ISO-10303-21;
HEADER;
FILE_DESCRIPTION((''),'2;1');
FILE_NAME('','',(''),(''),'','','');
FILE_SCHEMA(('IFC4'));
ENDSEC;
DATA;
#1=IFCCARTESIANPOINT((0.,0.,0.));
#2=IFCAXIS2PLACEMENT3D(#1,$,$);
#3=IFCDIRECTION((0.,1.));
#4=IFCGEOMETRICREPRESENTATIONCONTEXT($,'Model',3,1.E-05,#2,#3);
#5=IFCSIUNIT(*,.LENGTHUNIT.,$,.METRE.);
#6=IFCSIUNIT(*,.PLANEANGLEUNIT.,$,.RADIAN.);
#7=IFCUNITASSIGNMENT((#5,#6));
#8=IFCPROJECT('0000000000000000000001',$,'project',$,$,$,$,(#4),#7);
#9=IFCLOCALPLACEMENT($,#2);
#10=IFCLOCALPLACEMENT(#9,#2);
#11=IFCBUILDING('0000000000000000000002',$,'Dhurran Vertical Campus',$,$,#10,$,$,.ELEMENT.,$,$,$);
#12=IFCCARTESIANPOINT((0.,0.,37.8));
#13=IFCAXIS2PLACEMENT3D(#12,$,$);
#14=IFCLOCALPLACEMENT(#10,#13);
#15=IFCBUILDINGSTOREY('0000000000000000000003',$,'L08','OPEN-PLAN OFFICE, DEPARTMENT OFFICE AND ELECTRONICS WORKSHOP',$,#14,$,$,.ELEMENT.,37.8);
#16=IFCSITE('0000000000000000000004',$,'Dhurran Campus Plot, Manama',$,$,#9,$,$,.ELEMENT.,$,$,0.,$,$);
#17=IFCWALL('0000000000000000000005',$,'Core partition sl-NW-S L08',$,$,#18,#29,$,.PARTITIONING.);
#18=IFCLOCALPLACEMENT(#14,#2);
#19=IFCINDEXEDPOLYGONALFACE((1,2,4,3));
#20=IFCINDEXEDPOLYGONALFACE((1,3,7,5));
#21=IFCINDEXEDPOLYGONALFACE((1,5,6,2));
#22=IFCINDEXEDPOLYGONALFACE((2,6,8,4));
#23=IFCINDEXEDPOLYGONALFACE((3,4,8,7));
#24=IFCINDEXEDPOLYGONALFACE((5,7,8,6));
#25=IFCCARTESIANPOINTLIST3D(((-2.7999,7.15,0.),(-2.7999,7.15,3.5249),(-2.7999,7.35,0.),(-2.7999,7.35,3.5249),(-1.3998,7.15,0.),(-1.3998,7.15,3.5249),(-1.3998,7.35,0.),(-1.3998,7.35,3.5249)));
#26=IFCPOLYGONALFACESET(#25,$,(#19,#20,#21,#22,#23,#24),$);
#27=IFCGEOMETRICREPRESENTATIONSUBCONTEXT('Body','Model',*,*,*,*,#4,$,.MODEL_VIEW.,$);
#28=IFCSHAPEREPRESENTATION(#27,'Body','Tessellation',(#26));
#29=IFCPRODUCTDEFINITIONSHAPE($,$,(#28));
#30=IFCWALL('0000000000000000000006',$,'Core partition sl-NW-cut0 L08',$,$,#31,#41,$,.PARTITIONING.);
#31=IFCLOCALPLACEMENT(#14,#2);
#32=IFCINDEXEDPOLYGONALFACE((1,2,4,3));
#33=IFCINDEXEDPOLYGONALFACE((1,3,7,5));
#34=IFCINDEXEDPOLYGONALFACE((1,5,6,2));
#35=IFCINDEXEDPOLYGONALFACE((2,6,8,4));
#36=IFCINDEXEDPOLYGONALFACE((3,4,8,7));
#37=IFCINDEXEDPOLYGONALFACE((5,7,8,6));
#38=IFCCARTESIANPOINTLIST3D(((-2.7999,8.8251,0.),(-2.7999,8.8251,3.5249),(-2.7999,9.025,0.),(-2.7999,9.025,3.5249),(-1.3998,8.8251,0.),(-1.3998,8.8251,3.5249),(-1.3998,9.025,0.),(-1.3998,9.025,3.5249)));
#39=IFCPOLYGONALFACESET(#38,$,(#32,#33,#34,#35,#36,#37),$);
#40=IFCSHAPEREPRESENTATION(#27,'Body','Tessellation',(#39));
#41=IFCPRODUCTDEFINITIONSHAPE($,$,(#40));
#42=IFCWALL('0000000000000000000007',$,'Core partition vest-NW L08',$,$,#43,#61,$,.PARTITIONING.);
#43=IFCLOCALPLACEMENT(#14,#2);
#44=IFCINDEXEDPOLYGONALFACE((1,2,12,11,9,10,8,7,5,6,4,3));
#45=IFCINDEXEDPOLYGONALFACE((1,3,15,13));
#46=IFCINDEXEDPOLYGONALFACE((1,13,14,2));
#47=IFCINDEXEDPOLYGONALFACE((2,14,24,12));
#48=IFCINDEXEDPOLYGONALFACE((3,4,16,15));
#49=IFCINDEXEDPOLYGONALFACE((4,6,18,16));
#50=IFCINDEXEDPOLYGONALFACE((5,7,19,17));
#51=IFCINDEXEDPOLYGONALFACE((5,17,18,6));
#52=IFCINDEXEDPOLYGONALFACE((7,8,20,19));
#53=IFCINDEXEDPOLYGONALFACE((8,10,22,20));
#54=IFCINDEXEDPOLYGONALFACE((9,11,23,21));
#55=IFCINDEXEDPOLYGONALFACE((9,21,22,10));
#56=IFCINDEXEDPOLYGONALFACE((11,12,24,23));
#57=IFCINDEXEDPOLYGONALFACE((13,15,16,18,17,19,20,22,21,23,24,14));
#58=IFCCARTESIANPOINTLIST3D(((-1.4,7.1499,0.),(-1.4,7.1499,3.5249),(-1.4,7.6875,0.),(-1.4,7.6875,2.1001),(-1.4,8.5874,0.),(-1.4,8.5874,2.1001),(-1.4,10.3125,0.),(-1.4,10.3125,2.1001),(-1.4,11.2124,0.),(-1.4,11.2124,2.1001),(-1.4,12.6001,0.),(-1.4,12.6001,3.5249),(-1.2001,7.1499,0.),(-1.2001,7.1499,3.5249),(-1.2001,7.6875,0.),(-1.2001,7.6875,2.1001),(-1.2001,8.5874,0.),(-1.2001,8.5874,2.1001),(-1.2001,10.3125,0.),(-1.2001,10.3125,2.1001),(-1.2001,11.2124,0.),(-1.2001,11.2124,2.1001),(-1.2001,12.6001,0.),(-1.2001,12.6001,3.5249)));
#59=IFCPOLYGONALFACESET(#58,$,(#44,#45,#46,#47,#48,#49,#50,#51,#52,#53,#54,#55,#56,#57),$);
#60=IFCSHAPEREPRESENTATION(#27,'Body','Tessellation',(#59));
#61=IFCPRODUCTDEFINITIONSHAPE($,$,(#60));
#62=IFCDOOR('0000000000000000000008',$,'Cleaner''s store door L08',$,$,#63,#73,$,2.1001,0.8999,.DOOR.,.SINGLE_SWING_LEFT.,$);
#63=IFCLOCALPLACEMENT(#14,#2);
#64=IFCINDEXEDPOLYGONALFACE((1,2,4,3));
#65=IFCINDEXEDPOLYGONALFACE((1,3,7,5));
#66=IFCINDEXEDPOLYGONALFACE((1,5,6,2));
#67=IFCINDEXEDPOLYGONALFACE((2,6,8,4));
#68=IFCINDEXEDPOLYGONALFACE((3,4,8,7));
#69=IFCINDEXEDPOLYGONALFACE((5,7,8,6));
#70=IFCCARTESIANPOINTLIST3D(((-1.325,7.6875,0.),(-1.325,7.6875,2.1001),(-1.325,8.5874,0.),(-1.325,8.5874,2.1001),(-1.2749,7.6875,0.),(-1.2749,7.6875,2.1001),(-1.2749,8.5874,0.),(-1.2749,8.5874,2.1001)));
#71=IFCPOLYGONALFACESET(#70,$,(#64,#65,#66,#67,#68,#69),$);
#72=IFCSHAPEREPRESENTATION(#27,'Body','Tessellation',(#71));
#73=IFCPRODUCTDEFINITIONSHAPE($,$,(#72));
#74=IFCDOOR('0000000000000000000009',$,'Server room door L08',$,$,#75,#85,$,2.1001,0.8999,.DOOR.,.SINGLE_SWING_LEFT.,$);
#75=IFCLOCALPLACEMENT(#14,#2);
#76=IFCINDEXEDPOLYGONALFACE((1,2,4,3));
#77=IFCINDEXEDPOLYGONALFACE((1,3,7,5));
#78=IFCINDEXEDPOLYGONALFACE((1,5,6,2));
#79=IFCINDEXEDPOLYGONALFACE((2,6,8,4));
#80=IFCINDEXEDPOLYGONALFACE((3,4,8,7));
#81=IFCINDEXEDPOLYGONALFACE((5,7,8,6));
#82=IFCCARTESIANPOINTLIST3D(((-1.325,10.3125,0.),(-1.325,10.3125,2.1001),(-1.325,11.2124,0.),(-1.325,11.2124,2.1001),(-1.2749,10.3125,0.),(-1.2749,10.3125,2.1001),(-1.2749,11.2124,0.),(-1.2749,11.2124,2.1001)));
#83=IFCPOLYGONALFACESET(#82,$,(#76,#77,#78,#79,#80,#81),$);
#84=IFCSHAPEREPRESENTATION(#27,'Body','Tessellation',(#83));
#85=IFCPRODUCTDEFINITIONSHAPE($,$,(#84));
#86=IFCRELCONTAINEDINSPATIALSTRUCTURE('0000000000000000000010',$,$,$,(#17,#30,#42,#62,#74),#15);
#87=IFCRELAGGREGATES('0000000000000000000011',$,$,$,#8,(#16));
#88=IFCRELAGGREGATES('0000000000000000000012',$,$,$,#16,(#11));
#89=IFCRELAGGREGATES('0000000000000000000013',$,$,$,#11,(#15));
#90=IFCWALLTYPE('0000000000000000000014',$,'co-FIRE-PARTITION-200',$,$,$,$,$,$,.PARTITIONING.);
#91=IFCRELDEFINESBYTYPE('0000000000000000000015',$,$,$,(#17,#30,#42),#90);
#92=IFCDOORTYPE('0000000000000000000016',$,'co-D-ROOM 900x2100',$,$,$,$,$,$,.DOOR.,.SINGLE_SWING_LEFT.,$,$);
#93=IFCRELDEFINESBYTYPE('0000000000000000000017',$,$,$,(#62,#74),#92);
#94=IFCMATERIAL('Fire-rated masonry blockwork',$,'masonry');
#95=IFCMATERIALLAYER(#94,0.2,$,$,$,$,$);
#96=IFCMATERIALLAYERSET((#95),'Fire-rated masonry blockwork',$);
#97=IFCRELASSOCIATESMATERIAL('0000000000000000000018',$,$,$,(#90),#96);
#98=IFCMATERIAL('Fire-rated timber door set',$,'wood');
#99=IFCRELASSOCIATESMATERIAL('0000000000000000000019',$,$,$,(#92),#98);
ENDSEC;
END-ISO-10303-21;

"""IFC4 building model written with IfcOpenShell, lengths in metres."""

from ifc_helpers import new_model, si_unit, direction, frame, frame_2d, origin, place, context, subcontext, project, spatial, rectangle, extrude, material, layer, layer_set, type_object, element, fill, save


model = new_model("IFC4")

# Units and contexts
model_context = context("Model", 3, precision=1e-05, world=origin(), true_north=direction((0.0, 1.0)))
body_context = subcontext(model_context, "Body", "Model", "MODEL_VIEW")
ifc_project = project(units=[si_unit("LENGTHUNIT", "METRE"), si_unit("PLANEANGLEUNIT", "RADIAN")], contexts=[model_context])

# Site, building, storey
site_placement = place(None, origin())
site = spatial("IfcSite", under=ifc_project, at=site_placement, Name="Dhurran Campus Plot, Manama", CompositionType="ELEMENT", RefElevation=0.0)
building_placement = place(site_placement, origin())
building = spatial("IfcBuilding", under=site, at=building_placement, Name="Dhurran Vertical Campus", CompositionType="ELEMENT")
storey_placement = place(building_placement, frame((0.0, 0.0, 37.8)))
storey = spatial("IfcBuildingStorey", under=building, at=storey_placement, Name="L08", Description="OPEN-PLAN OFFICE, DEPARTMENT OFFICE AND ELECTRONICS WORKSHOP", CompositionType="ELEMENT", Elevation=37.8)

# Walls
ifc_material_1 = material(Name="Fire-rated masonry blockwork", Category="masonry")
ifc_layer_1 = layer(ifc_material_1, 0.2)
ifc_layer_set_1 = layer_set([ifc_layer_1], Name="Fire-rated masonry blockwork")
wall_type_1 = type_object("IfcWallType", Name="co-FIRE-PARTITION-200", PredefinedType="PARTITIONING", material=ifc_layer_set_1)
for number, where, z_axis, x_axis, name in (
    (1, (-2.8, 7.25, 0.0), (0.0, 0.0, 1.0), (1.0, 0.0, 0.0), "Core partition sl-NW-S L08"),
    (2, (-2.8, 8.925, 0.0), (0.0, 0.0, 1.0), (1.0, 0.0, 0.0), "Core partition sl-NW-cut0 L08"),
):
    element("IfcWall", number, at=place(storey_placement, frame(where, z_axis=z_axis, x_axis=x_axis)), inside=storey, type_object=wall_type_1, Name=name, PredefinedType="PARTITIONING", context=body_context, shape_type="SweptSolid", body=[
        extrude(rectangle(XDim=1.4001, YDim=0.2, at=frame_2d((0.7002, 0.0))), origin(), (0.0, 0.0, 1.0), 3.5249),
    ])

# Wall, openings, doors
wall_1_placement = place(storey_placement, frame((-1.3, 7.1499, 0.0), z_axis=(0.0, 0.0, 1.0), x_axis=(0.0, 1.0, 0.0)))
wall_1 = element("IfcWall", 3, at=wall_1_placement, inside=storey, type_object=wall_type_1, Name="Core partition vest-NW L08", PredefinedType="PARTITIONING", context=body_context, shape_type="SweptSolid", body=[
    extrude(rectangle(XDim=5.4502, YDim=0.2, at=frame_2d((2.7251, 0.0))), origin(), (0.0, 0.0, 1.0), 3.5249),
])
opening_1_placement = place(wall_1_placement, frame((0.5376, 0.0, 0.0)))
opening_1 = element("IfcOpeningElement", 4, at=opening_1_placement, cuts=wall_1, PredefinedType="OPENING", context=body_context, shape_type="SweptSolid", body=[
    extrude(rectangle(XDim=0.8999, YDim=2.1001, at=frame_2d((0.45, 1.05))), frame((0.0, 0.1099, 0.0), z_axis=(0.0, -1.0, 0.0), x_axis=(1.0, 0.0, 0.0)), (0.0, 0.0, 1.0), 0.22),
])
opening_2_placement = place(wall_1_placement, frame((3.1626, 0.0, 0.0)))
opening_2 = element("IfcOpeningElement", 5, at=opening_2_placement, cuts=wall_1, PredefinedType="OPENING", context=body_context, shape_type="SweptSolid", body=[
    extrude(rectangle(XDim=0.8999, YDim=2.1001, at=frame_2d((0.45, 1.05))), frame((0.0, 0.1099, 0.0), z_axis=(0.0, -1.0, 0.0), x_axis=(1.0, 0.0, 0.0)), (0.0, 0.0, 1.0), 0.22),
])
ifc_material_2 = material(Name="Fire-rated timber door set", Category="wood")
door_type_1 = type_object("IfcDoorType", Name="co-D-ROOM 900x2100", OperationType="SINGLE_SWING_LEFT", PredefinedType="DOOR", material=ifc_material_2)
door_1_placement = place(opening_1_placement, origin())
door_1 = element("IfcDoor", 6, at=door_1_placement, inside=storey, type_object=door_type_1, Name="Cleaner's store door L08", OperationType="SINGLE_SWING_LEFT", OverallHeight=2.1001, OverallWidth=0.8999, PredefinedType="DOOR", context=body_context, shape_type="SweptSolid", body=[
    extrude(rectangle(XDim=0.8999, YDim=2.1001, at=frame_2d((0.45, 1.05))), frame((0.0, 0.0249, 0.0), z_axis=(0.0, -1.0, 0.0), x_axis=(1.0, 0.0, 0.0)), (0.0, 0.0, 1.0), 0.05),
])
fill(opening_1, door_1)
door_2_placement = place(opening_2_placement, origin())
door_2 = element("IfcDoor", 7, at=door_2_placement, inside=storey, type_object=door_type_1, Name="Server room door L08", OperationType="SINGLE_SWING_LEFT", OverallHeight=2.1001, OverallWidth=0.8999, PredefinedType="DOOR", context=body_context, shape_type="SweptSolid", body=[
    extrude(rectangle(XDim=0.8999, YDim=2.1001, at=frame_2d((0.45, 1.05))), frame((0.0, 0.0249, 0.0), z_axis=(0.0, -1.0, 0.0), x_axis=(1.0, 0.0, 0.0)), (0.0, 0.0, 1.0), 0.05),
])
fill(opening_2, door_2)

save(model, "model.ifc")
